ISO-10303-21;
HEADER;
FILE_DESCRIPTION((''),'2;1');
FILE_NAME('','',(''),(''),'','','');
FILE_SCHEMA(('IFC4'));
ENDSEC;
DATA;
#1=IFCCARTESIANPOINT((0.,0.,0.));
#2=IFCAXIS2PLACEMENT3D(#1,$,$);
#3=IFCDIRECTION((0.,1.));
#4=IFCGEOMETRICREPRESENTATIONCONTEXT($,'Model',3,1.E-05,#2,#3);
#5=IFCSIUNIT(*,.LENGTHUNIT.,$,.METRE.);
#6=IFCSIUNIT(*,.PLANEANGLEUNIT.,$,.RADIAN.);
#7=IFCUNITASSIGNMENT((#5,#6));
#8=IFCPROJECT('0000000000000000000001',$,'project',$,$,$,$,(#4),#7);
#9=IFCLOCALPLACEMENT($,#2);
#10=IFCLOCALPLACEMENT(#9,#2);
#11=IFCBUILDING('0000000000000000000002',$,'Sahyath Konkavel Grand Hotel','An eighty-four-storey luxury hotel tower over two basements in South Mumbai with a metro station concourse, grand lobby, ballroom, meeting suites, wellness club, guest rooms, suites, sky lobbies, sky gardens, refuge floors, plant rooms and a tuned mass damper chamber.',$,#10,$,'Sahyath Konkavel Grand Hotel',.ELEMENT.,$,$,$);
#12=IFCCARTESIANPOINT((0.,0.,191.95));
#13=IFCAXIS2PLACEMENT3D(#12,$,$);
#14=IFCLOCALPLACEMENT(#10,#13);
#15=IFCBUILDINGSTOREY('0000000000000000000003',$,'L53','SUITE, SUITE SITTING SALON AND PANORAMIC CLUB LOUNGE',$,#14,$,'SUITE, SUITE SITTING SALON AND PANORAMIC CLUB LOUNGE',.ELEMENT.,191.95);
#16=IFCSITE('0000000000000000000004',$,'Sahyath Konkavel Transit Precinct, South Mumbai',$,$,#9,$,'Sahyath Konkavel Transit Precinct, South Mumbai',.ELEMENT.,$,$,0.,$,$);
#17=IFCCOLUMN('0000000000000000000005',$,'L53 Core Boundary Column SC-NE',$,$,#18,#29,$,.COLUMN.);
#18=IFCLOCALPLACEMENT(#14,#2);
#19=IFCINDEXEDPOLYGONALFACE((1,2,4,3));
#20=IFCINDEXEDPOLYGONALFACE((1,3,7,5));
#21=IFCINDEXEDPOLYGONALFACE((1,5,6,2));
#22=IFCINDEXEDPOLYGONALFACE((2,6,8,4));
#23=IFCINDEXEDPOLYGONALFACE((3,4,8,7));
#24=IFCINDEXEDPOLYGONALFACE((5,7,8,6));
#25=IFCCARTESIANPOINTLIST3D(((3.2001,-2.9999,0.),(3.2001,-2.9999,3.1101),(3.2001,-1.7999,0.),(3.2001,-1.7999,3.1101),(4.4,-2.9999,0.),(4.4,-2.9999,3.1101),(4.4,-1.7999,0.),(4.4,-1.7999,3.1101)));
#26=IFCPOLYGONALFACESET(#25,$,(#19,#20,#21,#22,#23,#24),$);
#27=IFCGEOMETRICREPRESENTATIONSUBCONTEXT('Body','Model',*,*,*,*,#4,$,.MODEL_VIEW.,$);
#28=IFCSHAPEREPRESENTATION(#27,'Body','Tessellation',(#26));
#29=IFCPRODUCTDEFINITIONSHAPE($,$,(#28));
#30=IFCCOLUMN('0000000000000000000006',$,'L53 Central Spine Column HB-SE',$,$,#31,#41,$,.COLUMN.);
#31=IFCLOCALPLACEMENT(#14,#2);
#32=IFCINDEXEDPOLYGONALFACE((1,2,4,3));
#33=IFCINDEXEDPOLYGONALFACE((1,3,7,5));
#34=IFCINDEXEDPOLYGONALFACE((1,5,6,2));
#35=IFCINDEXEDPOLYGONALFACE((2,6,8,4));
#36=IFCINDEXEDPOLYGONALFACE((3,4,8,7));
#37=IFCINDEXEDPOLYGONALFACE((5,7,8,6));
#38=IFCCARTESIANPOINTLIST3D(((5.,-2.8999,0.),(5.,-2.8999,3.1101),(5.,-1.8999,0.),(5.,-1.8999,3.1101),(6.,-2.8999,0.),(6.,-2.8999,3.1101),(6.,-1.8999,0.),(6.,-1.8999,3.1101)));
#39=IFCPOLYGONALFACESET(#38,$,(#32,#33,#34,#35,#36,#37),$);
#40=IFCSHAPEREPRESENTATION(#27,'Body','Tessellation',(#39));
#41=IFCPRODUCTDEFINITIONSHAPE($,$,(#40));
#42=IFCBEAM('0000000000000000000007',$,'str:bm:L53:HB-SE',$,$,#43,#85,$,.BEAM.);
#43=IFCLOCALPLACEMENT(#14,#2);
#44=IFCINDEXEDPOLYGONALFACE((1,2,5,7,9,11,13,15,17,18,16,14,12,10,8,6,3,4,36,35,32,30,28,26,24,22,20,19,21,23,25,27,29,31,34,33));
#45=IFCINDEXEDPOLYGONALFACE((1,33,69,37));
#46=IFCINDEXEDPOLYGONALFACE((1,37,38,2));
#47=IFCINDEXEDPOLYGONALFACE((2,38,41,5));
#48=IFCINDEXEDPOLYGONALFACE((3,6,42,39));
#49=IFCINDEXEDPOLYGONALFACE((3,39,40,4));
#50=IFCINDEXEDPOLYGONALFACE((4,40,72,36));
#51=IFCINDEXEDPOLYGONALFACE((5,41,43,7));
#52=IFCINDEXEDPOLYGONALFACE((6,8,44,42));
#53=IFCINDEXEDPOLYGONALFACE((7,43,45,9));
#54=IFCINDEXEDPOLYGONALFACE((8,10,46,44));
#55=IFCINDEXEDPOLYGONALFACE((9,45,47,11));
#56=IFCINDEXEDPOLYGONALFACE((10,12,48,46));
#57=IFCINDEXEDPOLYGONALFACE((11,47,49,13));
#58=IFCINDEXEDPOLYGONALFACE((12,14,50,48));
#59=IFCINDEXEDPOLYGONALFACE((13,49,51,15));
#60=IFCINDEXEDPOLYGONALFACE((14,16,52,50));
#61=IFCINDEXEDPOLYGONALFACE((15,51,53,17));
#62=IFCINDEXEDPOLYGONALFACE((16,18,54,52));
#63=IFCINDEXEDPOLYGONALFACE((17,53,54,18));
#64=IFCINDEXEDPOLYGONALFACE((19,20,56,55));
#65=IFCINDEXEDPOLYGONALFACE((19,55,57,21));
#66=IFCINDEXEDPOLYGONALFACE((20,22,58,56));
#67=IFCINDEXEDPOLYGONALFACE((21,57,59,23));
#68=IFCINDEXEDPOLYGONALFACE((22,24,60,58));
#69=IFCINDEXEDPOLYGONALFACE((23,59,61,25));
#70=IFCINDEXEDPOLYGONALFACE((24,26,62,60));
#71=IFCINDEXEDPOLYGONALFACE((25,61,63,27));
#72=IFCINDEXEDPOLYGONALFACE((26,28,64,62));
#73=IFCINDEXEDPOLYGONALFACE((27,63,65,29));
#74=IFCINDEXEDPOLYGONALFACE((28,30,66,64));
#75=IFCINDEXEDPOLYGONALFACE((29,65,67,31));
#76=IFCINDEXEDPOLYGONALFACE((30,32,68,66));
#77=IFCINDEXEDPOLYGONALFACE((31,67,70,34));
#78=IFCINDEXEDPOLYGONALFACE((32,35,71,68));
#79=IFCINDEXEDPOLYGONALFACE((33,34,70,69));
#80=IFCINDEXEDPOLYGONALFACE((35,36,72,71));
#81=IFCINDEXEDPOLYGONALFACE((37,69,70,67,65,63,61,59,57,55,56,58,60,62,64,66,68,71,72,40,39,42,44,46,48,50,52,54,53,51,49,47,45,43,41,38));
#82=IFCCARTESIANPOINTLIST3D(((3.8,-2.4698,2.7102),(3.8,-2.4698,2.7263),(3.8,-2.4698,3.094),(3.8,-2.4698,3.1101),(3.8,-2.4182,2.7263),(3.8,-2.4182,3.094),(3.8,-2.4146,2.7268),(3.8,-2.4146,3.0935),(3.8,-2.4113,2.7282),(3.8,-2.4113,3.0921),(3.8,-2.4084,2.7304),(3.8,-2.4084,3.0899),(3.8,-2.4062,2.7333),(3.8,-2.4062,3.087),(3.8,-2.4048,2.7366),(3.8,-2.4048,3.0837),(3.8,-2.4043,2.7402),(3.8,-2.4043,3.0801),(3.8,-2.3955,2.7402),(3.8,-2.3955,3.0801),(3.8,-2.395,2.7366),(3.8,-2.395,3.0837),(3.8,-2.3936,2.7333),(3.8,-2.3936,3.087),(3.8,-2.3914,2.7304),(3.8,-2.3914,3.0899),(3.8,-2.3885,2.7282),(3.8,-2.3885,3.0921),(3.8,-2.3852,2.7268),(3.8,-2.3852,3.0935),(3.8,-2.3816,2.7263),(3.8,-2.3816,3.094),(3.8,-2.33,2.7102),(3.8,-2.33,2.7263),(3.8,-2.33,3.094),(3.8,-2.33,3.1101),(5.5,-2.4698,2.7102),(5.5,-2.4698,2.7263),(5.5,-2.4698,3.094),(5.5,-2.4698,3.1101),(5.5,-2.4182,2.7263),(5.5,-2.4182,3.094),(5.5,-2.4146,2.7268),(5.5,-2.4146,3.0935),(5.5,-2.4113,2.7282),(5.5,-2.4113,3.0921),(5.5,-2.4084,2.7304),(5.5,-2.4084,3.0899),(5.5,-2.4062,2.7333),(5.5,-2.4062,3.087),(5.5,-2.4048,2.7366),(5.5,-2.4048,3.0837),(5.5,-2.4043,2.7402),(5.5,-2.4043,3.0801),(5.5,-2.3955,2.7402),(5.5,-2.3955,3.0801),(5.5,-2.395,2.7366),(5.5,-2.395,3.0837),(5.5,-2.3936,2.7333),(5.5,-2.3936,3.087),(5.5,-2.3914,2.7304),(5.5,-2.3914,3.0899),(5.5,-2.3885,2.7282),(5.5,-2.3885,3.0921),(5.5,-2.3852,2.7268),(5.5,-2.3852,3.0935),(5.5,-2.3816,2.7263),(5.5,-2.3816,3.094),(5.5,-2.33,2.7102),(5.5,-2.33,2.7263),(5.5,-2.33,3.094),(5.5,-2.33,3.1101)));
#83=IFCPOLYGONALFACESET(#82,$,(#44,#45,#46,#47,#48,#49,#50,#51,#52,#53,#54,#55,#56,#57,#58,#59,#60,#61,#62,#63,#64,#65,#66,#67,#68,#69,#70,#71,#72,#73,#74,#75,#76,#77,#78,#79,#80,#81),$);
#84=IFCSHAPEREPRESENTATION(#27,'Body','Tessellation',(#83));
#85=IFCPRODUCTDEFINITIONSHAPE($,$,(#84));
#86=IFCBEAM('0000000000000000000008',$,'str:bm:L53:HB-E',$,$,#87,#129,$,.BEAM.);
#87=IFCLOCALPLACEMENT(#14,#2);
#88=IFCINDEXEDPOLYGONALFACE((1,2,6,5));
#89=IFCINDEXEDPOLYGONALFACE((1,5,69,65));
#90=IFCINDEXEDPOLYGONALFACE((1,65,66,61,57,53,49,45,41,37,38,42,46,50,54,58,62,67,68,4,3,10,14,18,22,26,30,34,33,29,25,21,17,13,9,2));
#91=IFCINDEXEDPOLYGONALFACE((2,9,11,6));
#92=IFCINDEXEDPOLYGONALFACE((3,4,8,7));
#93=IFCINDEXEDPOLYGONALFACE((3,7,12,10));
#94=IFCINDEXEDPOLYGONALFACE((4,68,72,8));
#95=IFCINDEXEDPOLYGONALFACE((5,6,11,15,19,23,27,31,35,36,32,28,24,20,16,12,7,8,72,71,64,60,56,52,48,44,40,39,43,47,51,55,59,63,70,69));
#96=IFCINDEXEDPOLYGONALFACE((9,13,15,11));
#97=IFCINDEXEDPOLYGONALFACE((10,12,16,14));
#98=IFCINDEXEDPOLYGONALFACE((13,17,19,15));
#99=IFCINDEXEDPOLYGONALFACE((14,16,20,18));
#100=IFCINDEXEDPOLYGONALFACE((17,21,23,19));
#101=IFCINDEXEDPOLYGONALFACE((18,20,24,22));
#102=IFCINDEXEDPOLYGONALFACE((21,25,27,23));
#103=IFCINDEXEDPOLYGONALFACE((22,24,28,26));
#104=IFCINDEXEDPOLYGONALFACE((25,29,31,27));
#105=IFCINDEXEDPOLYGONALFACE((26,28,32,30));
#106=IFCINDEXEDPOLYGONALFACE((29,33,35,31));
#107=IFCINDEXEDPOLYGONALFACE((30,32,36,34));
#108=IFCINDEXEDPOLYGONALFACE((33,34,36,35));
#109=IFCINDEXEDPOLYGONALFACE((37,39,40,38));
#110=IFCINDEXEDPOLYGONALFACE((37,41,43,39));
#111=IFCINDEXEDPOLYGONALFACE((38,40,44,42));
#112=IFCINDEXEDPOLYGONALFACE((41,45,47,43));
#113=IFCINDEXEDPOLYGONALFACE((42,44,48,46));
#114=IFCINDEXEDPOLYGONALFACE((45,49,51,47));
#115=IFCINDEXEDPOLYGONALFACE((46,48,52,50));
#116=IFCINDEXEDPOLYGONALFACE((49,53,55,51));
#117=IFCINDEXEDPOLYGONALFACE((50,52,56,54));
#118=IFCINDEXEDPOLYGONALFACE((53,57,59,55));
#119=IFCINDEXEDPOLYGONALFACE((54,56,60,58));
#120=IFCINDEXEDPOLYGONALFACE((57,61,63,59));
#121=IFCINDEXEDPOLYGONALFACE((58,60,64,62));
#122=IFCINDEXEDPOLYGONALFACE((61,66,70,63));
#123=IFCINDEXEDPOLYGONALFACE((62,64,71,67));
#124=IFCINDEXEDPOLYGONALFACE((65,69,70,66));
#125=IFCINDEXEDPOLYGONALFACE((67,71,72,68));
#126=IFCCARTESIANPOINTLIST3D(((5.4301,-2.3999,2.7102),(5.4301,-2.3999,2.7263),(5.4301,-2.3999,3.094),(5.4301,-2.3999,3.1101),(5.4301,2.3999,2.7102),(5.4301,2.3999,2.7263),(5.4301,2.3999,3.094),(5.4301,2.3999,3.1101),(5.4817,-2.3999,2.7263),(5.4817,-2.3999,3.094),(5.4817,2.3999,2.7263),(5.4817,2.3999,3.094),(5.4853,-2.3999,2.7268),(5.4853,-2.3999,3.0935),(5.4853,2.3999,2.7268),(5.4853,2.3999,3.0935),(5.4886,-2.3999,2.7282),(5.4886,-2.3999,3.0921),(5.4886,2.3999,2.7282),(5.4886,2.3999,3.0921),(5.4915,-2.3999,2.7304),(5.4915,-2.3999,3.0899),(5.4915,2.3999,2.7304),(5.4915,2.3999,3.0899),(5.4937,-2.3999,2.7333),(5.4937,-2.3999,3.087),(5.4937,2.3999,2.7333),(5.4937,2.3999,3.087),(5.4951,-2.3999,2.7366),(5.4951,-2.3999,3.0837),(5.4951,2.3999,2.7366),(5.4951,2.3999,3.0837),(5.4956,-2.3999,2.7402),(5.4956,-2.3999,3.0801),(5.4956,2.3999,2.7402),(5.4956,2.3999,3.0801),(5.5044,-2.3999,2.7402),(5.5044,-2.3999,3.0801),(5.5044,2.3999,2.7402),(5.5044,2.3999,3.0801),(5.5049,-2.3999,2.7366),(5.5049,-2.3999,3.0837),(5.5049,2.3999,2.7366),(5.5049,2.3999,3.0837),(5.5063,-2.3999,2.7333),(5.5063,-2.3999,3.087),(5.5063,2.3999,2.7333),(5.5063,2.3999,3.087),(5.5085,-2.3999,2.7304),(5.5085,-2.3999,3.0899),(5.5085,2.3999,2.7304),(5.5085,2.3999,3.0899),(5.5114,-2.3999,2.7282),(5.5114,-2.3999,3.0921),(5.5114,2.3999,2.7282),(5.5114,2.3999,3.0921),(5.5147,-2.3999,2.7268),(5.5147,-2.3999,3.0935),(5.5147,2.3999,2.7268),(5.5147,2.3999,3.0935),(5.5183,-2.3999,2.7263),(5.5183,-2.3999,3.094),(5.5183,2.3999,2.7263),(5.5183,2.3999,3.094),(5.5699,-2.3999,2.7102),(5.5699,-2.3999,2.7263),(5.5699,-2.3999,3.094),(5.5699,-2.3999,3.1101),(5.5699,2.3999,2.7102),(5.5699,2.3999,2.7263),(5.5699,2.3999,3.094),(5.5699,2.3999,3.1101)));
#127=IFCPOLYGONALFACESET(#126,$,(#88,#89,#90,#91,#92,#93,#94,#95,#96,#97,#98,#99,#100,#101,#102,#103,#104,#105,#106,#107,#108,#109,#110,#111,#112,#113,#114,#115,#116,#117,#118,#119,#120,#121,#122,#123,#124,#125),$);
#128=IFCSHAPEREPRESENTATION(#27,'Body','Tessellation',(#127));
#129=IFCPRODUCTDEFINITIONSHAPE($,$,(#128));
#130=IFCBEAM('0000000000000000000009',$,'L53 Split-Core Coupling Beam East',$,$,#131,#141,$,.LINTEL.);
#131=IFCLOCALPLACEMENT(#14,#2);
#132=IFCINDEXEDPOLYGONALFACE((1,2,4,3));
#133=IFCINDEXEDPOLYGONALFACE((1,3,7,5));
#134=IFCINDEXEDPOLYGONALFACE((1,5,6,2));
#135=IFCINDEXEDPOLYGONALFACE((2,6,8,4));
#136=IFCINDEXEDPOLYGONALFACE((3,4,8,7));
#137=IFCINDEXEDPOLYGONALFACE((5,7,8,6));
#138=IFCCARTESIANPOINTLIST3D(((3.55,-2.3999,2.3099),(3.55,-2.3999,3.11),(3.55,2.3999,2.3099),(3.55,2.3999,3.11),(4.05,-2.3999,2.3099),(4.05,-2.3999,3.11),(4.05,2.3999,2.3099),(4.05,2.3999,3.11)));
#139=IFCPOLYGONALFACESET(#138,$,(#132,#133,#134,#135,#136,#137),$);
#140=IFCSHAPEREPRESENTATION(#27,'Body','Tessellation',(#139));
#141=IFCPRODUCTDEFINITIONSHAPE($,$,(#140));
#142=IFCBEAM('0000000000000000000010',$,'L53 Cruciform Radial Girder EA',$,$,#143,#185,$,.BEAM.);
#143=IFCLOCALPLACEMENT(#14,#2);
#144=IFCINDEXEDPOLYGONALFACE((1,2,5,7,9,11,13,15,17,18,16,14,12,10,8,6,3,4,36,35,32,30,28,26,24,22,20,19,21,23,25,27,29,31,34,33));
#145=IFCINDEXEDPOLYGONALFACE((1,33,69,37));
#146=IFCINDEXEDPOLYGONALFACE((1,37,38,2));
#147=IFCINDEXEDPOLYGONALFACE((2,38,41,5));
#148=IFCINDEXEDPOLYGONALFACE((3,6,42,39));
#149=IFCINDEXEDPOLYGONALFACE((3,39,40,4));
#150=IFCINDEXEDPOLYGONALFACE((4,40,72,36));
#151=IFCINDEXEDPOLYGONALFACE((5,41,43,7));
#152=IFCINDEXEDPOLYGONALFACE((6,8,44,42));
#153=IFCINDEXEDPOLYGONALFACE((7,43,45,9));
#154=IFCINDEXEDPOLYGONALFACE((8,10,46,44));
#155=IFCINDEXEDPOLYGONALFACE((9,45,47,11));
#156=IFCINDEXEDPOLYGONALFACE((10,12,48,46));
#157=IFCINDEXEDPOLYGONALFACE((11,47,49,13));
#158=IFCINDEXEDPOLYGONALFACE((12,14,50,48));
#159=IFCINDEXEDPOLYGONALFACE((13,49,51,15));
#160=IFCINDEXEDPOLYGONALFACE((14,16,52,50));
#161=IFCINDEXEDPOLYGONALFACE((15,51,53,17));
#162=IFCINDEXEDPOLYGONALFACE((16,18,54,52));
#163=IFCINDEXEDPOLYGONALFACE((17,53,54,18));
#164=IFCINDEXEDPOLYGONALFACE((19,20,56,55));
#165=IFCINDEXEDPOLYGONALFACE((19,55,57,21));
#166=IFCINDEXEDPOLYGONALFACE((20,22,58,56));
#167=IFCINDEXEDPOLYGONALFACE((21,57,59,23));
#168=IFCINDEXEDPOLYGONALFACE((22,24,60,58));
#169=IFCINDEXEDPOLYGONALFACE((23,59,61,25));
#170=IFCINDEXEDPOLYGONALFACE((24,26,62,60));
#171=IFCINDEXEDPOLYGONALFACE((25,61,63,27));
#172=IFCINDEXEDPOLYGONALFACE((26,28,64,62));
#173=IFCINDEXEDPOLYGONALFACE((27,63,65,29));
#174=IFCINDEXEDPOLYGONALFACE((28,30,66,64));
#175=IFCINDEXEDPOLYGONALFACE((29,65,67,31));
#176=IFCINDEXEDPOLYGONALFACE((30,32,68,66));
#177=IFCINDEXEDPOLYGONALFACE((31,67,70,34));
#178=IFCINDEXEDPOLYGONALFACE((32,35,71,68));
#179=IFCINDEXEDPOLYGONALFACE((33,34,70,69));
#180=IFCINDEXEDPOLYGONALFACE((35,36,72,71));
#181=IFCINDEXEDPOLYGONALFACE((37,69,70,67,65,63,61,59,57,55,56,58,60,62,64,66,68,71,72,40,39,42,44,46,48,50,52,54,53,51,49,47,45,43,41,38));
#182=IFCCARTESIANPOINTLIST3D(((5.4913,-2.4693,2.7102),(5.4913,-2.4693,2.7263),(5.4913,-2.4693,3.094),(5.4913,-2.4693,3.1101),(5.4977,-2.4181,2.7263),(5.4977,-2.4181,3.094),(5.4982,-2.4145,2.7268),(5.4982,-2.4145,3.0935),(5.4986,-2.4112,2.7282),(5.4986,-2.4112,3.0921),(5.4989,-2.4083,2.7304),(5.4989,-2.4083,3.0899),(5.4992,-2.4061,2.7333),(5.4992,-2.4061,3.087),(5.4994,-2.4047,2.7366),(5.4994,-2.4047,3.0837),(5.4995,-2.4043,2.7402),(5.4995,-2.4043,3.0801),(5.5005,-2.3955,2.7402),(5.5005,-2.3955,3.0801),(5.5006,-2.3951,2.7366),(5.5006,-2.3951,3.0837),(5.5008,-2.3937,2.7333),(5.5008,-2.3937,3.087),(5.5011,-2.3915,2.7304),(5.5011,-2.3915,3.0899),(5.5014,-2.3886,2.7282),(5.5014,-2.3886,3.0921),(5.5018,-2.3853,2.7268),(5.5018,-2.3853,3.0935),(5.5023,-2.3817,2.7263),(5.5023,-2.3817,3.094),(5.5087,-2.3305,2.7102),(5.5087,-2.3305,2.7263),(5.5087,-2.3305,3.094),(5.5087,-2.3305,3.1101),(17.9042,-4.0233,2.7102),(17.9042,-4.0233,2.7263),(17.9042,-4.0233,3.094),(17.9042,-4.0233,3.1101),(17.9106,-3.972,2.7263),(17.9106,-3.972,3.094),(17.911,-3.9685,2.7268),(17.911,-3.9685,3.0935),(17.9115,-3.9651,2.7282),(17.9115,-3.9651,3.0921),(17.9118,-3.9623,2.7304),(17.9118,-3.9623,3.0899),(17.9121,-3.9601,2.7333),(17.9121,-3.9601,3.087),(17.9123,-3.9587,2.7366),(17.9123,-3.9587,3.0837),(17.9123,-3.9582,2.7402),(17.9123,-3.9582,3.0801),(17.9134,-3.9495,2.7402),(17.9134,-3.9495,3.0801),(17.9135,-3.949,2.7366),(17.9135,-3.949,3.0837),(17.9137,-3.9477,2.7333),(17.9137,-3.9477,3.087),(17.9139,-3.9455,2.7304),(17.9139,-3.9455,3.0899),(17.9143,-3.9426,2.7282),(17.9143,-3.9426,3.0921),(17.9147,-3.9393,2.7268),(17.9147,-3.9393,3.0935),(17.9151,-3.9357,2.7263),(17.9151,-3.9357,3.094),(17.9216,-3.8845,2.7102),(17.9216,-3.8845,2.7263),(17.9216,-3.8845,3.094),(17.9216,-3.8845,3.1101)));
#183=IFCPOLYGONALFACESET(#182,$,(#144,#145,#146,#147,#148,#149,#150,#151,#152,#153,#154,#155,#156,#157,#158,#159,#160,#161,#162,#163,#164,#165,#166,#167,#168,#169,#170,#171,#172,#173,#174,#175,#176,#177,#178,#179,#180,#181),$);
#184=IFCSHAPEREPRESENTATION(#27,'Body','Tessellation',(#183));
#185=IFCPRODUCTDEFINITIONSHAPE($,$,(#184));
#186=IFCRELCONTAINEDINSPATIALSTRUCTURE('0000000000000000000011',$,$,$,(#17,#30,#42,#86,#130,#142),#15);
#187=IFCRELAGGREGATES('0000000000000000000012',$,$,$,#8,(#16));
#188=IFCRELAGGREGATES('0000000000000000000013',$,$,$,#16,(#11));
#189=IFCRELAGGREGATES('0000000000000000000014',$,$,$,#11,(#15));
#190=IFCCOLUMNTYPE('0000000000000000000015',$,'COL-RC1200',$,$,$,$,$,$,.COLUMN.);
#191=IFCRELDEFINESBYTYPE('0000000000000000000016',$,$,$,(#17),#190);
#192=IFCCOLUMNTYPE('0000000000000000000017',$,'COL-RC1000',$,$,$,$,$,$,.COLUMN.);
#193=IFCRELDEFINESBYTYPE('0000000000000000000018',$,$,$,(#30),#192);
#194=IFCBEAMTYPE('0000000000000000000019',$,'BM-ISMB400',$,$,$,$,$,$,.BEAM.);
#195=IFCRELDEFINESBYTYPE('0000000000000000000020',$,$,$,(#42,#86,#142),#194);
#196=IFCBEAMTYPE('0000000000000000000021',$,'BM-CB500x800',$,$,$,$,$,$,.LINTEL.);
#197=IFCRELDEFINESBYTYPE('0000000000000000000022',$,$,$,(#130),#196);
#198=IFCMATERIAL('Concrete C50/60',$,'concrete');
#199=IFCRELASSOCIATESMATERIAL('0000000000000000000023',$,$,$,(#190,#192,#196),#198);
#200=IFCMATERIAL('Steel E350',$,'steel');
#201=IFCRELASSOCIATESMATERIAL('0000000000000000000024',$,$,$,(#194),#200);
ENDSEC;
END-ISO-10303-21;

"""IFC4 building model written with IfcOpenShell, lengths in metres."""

from ifc_helpers import new_model, si_unit, direction, frame, origin, origin_2d, place, context, subcontext, project, spatial, rectangle, i_section, extrude, source, transform, mapped, material, material_profile, profile_set, type_object, element, save


model = new_model("IFC4")

# Units and contexts
model_context = context("Model", 3, precision=1e-05, world=origin(), true_north=direction((0.0, 1.0)))
body_context = subcontext(model_context, "Body", "Model", "MODEL_VIEW")
ifc_project = project(units=[si_unit("LENGTHUNIT", "METRE"), si_unit("PLANEANGLEUNIT", "RADIAN")], contexts=[model_context])

# Site, building, storey
site_placement = place(None, origin())
site = spatial("IfcSite", under=ifc_project, at=site_placement, Name="Sahyath Konkavel Transit Precinct, South Mumbai", LongName="Sahyath Konkavel Transit Precinct, South Mumbai", CompositionType="ELEMENT", RefElevation=0.0)
building_placement = place(site_placement, origin())
building = spatial("IfcBuilding", under=site, at=building_placement, Name="Sahyath Konkavel Grand Hotel", Description="An eighty-four-storey luxury hotel tower over two basements in South Mumbai with a metro station concourse, grand lobby, ballroom, meeting suites, wellness club, guest rooms, suites, sky lobbies, sky gardens, refuge floors, plant rooms and a tuned mass damper chamber.", LongName="Sahyath Konkavel Grand Hotel", CompositionType="ELEMENT")
storey_placement = place(building_placement, frame((0.0, 0.0, 191.95)))
storey = spatial("IfcBuildingStorey", under=building, at=storey_placement, Name="L53", Description="SUITE, SUITE SITTING SALON AND PANORAMIC CLUB LOUNGE", LongName="SUITE, SUITE SITTING SALON AND PANORAMIC CLUB LOUNGE", CompositionType="ELEMENT", Elevation=191.95)

# Columns
ifc_material_1 = material(Name="Concrete C50/60", Category="concrete")
ifc_material_profile_1 = material_profile(ifc_material_1, rectangle(XDim=1.2, YDim=1.2, at=origin_2d()), Name="RC 1200x1200")
ifc_profile_set_1 = profile_set([ifc_material_profile_1], Name="Concrete C50/60")
column_type_1 = type_object("IfcColumnType", Name="COL-RC1200", PredefinedType="COLUMN", material=ifc_profile_set_1)
shared_shape_1 = source(origin(), body_context, "Body", "SweptSolid", [
    extrude(rectangle(XDim=1.2, YDim=1.2, at=origin_2d()), origin(), (0.0, 0.0, 1.0), 3.1101),
])
column_1_placement = place(storey_placement, frame((3.8, -2.3999, 0.0), z_axis=(0.0, 0.0, 1.0), x_axis=(1.0, 0.0, 0.0)))
element("IfcColumn", 1, at=column_1_placement, inside=storey, type_object=column_type_1, Name="L53 Core Boundary Column SC-NE", PredefinedType="COLUMN", context=body_context, shape_type="MappedRepresentation", body=[
    mapped(shared_shape_1, transform((0.0, 0.0, 0.0), scale=1.0)),
])
ifc_material_profile_2 = material_profile(ifc_material_1, rectangle(XDim=1.0, YDim=1.0, at=origin_2d()), Name="RC 1000x1000")
ifc_profile_set_2 = profile_set([ifc_material_profile_2], Name="Concrete C50/60")
column_type_2 = type_object("IfcColumnType", Name="COL-RC1000", PredefinedType="COLUMN", material=ifc_profile_set_2)
shared_shape_2 = source(origin(), body_context, "Body", "SweptSolid", [
    extrude(rectangle(XDim=1.0, YDim=1.0, at=origin_2d()), origin(), (0.0, 0.0, 1.0), 3.1101),
])
column_2_placement = place(storey_placement, frame((5.5, -2.3999, 0.0), z_axis=(0.0, 0.0, 1.0), x_axis=(1.0, 0.0, 0.0)))
element("IfcColumn", 2, at=column_2_placement, inside=storey, type_object=column_type_2, Name="L53 Central Spine Column HB-SE", PredefinedType="COLUMN", context=body_context, shape_type="MappedRepresentation", body=[
    mapped(shared_shape_2, transform((0.0, 0.0, 0.0), scale=1.0)),
])

# Beams
ifc_material_2 = material(Name="Steel E350", Category="steel")
ifc_material_profile_3 = material_profile(ifc_material_2, i_section(OverallWidth=0.1399, OverallDepth=0.3999, WebThickness=0.0088, FlangeThickness=0.0161, FilletRadius=0.0139, at=origin_2d()), Name="ISMB 400")
ifc_profile_set_3 = profile_set([ifc_material_profile_3], Name="Steel E350")
beam_type_1 = type_object("IfcBeamType", Name="BM-ISMB400", PredefinedType="BEAM", material=ifc_profile_set_3)
shared_shape_3 = source(origin(), body_context, "Body", "SweptSolid", [
    extrude(i_section(OverallWidth=0.1399, OverallDepth=0.3999, WebThickness=0.0088, FlangeThickness=0.0161, FilletRadius=0.0139, at=origin_2d()), origin(), (0.0, 0.0, 1.0), 1.7),
])
beam_1_placement = place(storey_placement, frame((3.8, -2.3999, 2.9102), z_axis=(1.0, 0.0, 0.0), x_axis=(0.0, 1.0, 0.0)))
element("IfcBeam", 3, at=beam_1_placement, inside=storey, type_object=beam_type_1, Name="str:bm:L53:HB-SE", PredefinedType="BEAM", context=body_context, shape_type="MappedRepresentation", body=[
    mapped(shared_shape_3, transform((0.0, 0.0, 0.0), scale=1.0)),
])
shared_shape_4 = source(origin(), body_context, "Body", "SweptSolid", [
    extrude(i_section(OverallWidth=0.1399, OverallDepth=0.3999, WebThickness=0.0088, FlangeThickness=0.0161, FilletRadius=0.0139, at=origin_2d()), origin(), (0.0, 0.0, 1.0), 4.7998),
])
beam_2_placement = place(storey_placement, frame((5.5, -2.3999, 2.9102), z_axis=(0.0, 1.0, 0.0), x_axis=(-1.0, 0.0, 0.0)))
element("IfcBeam", 4, at=beam_2_placement, inside=storey, type_object=beam_type_1, Name="str:bm:L53:HB-E", PredefinedType="BEAM", context=body_context, shape_type="MappedRepresentation", body=[
    mapped(shared_shape_4, transform((0.0, 0.0, 0.0), scale=1.0)),
])
ifc_material_profile_4 = material_profile(ifc_material_1, rectangle(XDim=0.5, YDim=0.8, at=origin_2d()), Name="RC 500x800")
ifc_profile_set_4 = profile_set([ifc_material_profile_4], Name="Concrete C50/60")
beam_type_2 = type_object("IfcBeamType", Name="BM-CB500x800", PredefinedType="LINTEL", material=ifc_profile_set_4)
shared_shape_5 = source(origin(), body_context, "Body", "SweptSolid", [
    extrude(rectangle(XDim=0.5, YDim=0.8, at=origin_2d()), origin(), (0.0, 0.0, 1.0), 4.7998),
])
beam_3_placement = place(storey_placement, frame((3.8, -2.3999, 2.71), z_axis=(0.0, 1.0, 0.0), x_axis=(-1.0, 0.0, 0.0)))
element("IfcBeam", 5, at=beam_3_placement, inside=storey, type_object=beam_type_2, Name="L53 Split-Core Coupling Beam East", PredefinedType="LINTEL", context=body_context, shape_type="MappedRepresentation", body=[
    mapped(shared_shape_5, transform((0.0, 0.0, 0.0), scale=1.0)),
])
shared_shape_6 = source(origin(), body_context, "Body", "SweptSolid", [
    extrude(i_section(OverallWidth=0.1399, OverallDepth=0.3999, WebThickness=0.0088, FlangeThickness=0.0161, FilletRadius=0.0139, at=origin_2d()), origin(), (0.0, 0.0, 1.0), 12.5098),
])
beam_4_placement = place(storey_placement, frame((5.5, -2.3999, 2.9102), z_axis=(0.992255, -0.12422, 0.0), x_axis=(0.12422, 0.992255, 0.0)))
element("IfcBeam", 6, at=beam_4_placement, inside=storey, type_object=beam_type_1, Name="L53 Cruciform Radial Girder EA", PredefinedType="BEAM", context=body_context, shape_type="MappedRepresentation", body=[
    mapped(shared_shape_6, transform((0.0, 0.0, 0.0), scale=1.0)),
])

save(model, "model.ifc")
